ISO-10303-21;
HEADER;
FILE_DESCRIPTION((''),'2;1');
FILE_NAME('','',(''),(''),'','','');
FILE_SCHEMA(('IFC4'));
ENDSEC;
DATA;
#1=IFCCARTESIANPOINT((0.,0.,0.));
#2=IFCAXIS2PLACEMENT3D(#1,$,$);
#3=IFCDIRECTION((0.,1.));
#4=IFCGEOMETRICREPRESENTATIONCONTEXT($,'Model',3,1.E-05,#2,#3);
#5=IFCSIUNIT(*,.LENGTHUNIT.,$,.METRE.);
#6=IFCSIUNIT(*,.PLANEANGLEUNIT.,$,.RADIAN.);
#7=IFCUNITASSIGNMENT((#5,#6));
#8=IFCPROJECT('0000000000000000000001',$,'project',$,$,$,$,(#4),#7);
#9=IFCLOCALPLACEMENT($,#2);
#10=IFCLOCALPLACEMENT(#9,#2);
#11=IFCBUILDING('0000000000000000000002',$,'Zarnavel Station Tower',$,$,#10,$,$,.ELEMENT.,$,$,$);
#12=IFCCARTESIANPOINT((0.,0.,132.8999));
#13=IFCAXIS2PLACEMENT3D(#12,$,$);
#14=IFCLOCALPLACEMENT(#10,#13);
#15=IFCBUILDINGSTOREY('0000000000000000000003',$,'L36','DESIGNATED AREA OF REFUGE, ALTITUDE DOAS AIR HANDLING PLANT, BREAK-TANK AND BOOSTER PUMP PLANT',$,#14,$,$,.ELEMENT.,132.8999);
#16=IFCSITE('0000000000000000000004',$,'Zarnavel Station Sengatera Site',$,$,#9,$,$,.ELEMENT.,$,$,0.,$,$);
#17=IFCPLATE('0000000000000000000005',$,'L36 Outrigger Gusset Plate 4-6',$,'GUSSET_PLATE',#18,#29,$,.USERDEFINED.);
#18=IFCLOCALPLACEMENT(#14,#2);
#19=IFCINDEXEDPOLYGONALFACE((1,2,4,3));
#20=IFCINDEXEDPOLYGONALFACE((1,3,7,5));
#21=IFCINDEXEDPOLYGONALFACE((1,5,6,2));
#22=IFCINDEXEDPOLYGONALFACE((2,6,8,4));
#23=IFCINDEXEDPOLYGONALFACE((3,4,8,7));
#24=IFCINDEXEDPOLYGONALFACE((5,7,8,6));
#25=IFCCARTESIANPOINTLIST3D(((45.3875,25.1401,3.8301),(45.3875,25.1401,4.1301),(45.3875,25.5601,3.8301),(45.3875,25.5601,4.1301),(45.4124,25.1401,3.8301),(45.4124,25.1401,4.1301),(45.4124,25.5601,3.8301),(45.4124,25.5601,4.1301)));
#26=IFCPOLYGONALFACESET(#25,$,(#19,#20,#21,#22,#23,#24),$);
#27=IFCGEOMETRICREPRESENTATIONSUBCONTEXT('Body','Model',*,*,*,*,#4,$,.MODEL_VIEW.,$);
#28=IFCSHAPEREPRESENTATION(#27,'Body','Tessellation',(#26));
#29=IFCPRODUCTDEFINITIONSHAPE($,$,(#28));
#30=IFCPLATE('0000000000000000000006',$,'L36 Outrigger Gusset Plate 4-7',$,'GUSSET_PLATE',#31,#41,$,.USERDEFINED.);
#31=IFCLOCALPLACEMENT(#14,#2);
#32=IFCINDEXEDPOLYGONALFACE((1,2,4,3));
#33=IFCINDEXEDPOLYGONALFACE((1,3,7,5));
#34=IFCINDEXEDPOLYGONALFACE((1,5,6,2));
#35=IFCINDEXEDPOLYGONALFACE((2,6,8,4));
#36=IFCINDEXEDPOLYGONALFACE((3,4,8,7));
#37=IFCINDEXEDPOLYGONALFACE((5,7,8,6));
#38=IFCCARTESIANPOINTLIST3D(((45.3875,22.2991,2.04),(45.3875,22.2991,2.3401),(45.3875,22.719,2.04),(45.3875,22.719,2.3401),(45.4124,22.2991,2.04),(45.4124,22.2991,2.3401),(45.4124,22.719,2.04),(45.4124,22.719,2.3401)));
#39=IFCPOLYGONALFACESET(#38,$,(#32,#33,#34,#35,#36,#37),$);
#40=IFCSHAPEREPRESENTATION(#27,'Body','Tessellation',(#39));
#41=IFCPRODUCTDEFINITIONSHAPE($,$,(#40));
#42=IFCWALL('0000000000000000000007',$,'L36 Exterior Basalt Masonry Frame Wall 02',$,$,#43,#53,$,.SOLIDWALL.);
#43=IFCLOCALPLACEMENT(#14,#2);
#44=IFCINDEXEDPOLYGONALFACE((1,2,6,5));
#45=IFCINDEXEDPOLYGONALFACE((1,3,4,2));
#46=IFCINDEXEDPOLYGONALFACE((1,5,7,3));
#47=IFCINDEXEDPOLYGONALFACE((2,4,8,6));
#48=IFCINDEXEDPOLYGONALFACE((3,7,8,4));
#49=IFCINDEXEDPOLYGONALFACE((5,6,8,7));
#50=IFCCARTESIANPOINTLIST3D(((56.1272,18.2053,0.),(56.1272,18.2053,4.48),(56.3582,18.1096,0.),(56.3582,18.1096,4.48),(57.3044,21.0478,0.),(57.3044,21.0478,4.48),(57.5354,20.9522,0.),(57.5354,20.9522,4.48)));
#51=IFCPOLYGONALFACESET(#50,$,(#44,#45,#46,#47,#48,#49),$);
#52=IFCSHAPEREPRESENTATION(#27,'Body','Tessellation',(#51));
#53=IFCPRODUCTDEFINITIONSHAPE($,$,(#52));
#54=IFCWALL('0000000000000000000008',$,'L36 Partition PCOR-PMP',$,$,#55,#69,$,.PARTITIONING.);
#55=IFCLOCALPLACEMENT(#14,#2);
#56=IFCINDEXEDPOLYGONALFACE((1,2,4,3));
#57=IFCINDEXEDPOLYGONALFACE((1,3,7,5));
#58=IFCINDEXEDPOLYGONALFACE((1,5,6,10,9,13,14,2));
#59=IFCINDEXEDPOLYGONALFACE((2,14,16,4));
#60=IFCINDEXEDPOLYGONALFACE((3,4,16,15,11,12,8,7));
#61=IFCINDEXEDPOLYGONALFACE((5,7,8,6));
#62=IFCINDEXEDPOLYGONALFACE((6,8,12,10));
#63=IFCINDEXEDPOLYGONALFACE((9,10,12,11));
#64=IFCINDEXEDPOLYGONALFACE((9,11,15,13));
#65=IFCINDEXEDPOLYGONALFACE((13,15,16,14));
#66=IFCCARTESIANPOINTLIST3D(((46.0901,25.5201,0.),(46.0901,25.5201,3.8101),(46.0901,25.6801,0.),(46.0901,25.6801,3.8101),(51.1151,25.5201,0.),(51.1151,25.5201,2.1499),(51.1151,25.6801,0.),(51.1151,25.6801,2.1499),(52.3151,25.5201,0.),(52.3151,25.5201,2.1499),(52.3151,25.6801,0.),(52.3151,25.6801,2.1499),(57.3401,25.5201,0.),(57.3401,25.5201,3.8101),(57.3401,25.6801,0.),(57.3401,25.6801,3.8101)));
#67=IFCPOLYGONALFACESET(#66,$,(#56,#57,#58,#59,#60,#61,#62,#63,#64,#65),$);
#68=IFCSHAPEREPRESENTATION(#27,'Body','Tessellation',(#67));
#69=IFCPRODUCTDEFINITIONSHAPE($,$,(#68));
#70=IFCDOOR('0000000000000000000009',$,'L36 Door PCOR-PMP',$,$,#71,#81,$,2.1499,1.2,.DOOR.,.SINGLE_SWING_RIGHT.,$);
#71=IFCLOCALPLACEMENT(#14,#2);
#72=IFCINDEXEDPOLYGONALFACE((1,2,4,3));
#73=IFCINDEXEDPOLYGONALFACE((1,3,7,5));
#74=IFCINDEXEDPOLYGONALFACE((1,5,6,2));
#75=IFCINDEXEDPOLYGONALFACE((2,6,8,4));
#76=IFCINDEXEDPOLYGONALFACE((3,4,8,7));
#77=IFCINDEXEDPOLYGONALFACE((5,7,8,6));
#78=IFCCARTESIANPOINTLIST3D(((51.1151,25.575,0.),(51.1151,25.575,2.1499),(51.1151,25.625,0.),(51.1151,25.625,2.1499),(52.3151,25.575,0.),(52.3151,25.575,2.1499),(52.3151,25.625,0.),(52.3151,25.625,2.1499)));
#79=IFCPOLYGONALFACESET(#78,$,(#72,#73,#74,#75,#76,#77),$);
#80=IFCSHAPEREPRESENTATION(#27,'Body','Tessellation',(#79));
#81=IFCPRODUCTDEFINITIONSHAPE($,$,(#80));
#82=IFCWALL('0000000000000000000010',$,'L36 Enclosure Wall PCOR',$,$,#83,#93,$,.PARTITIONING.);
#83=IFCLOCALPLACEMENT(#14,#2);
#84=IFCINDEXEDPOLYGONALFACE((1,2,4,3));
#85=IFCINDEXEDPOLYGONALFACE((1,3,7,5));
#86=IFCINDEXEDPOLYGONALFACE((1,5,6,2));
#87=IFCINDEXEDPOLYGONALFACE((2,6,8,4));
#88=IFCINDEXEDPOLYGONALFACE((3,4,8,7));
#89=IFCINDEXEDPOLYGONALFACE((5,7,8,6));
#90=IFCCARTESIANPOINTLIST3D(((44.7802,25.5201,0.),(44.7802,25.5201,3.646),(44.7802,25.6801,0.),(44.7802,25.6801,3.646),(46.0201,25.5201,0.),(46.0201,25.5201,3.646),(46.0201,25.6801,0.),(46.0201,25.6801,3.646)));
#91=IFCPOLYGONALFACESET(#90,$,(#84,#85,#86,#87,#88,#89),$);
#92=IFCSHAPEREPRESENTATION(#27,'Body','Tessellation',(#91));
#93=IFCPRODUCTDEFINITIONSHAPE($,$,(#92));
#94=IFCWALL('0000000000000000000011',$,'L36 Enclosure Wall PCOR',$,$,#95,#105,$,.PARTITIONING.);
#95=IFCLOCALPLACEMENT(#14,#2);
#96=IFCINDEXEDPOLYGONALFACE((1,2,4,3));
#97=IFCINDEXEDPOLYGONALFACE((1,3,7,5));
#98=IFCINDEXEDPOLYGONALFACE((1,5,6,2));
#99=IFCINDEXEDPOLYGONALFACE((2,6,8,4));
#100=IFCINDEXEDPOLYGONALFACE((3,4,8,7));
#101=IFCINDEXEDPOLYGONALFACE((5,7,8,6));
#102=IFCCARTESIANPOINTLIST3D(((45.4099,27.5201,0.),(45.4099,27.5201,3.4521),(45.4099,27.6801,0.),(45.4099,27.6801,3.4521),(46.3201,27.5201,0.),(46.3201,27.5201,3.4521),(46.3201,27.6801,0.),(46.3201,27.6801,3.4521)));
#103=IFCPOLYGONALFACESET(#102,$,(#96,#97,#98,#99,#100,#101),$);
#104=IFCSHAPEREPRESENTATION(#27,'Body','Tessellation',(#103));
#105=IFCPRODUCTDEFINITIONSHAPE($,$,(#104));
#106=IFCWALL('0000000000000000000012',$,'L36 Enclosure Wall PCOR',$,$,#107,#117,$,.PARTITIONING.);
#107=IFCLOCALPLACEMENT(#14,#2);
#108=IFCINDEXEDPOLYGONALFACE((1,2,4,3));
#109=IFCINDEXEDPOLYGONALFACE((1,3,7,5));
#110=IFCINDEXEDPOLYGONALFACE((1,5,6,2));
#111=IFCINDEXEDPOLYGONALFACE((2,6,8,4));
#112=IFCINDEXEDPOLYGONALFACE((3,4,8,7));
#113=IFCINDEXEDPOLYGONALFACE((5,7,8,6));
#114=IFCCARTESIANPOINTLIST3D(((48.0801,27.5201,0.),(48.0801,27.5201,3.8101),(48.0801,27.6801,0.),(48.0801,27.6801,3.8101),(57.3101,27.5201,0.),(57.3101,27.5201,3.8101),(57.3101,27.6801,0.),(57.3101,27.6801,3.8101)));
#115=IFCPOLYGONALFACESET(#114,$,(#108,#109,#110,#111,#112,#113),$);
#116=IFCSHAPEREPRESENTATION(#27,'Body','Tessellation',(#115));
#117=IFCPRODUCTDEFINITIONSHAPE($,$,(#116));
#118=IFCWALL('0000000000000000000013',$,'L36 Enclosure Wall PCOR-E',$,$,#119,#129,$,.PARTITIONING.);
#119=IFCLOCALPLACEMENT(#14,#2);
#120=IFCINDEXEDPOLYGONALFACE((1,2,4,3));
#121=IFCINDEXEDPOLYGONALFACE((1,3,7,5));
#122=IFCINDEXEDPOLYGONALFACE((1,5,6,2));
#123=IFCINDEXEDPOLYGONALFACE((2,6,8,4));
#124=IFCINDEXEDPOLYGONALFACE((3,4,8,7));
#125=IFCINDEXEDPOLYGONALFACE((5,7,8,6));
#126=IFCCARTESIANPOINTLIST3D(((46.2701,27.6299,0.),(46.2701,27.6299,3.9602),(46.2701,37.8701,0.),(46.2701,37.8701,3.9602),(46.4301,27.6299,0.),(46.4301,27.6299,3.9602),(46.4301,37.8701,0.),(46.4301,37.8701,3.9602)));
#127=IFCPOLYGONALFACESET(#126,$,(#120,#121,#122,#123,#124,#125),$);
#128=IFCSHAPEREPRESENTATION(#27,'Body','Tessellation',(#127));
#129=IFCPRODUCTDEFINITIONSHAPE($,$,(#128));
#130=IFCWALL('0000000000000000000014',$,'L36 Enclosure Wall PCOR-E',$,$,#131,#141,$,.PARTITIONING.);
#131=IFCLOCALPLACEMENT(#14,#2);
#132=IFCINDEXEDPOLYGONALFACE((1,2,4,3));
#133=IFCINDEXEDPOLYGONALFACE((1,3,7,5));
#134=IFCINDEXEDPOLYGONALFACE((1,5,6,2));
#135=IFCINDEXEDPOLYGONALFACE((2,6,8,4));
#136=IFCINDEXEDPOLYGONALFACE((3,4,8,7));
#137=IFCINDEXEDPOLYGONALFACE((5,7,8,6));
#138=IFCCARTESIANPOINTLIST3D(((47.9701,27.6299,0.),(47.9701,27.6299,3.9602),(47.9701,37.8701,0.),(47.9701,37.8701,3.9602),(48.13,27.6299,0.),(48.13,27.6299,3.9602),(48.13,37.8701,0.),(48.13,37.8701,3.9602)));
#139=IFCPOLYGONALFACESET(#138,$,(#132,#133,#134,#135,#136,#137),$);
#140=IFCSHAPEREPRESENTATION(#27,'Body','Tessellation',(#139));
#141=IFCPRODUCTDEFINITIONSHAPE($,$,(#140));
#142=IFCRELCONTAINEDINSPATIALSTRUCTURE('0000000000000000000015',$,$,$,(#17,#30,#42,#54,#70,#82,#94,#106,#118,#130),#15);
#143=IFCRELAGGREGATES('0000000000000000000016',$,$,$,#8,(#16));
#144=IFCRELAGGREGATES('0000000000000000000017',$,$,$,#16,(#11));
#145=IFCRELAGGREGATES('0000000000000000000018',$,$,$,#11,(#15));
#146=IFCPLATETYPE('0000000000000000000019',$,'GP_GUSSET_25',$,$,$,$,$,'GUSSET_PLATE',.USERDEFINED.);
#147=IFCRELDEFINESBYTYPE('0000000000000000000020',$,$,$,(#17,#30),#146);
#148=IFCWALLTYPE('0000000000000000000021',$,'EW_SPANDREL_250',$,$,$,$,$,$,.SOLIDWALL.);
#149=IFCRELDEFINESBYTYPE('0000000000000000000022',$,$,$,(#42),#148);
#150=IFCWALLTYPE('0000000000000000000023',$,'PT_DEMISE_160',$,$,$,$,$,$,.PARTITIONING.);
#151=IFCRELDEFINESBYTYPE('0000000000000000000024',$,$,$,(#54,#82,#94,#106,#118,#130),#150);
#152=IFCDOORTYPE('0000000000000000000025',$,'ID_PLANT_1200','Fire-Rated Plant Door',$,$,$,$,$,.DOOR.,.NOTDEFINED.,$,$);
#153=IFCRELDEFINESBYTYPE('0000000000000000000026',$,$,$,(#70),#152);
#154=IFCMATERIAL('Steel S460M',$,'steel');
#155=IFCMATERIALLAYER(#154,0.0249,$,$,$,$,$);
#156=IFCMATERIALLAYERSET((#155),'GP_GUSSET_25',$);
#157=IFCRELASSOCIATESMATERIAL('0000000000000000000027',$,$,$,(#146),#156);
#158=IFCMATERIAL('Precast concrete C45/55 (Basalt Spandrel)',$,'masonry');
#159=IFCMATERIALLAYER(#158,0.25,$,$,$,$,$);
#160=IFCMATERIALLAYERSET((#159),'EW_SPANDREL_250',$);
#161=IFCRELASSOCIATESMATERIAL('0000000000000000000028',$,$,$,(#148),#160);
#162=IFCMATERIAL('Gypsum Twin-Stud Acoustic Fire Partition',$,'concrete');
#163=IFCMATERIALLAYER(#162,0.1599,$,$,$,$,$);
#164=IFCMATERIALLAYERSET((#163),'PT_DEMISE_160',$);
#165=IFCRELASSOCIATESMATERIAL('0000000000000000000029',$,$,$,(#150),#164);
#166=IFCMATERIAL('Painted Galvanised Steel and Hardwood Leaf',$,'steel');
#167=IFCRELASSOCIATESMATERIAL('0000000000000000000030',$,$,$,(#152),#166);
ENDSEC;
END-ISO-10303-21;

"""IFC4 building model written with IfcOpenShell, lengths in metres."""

from ifc_helpers import new_model, si_unit, direction, frame, frame_2d, origin, origin_2d, place, context, subcontext, project, spatial, rectangle, extrude, material, layer, layer_set, type_object, element, fill, save


model = new_model("IFC4")

# Units and contexts
model_context = context("Model", 3, precision=1e-05, world=origin(), true_north=direction((0.0, 1.0)))
body_context = subcontext(model_context, "Body", "Model", "MODEL_VIEW")
ifc_project = project(units=[si_unit("LENGTHUNIT", "METRE"), si_unit("PLANEANGLEUNIT", "RADIAN")], contexts=[model_context])

# Site, building, storey
site_placement = place(None, origin())
site = spatial("IfcSite", under=ifc_project, at=site_placement, Name="Zarnavel Station Sengatera Site", CompositionType="ELEMENT", RefElevation=0.0)
building_placement = place(site_placement, origin())
building = spatial("IfcBuilding", under=site, at=building_placement, Name="Zarnavel Station Tower", CompositionType="ELEMENT")
storey_placement = place(building_placement, frame((0.0, 0.0, 132.8999)))
storey = spatial("IfcBuildingStorey", under=building, at=storey_placement, Name="L36", Description="DESIGNATED AREA OF REFUGE, ALTITUDE DOAS AIR HANDLING PLANT, BREAK-TANK AND BOOSTER PUMP PLANT", CompositionType="ELEMENT", Elevation=132.8999)

# Plates
ifc_material_1 = material(Name="Steel S460M", Category="steel")
ifc_layer_1 = layer(ifc_material_1, 0.0249)
ifc_layer_set_1 = layer_set([ifc_layer_1], Name="GP_GUSSET_25")
plate_type = type_object("IfcPlateType", Name="GP_GUSSET_25", ElementType="GUSSET_PLATE", PredefinedType="USERDEFINED", material=ifc_layer_set_1)
for number, where, z_axis, x_axis, name in (
    (1, (45.3999, 25.3501, 3.8301), (0.0, 0.0, 1.0), (1.0, 0.0, 0.0), "L36 Outrigger Gusset Plate 4-6"),
    (2, (45.3999, 22.509, 2.04), (0.0, 0.0, 1.0), (1.0, 0.0, 0.0), "L36 Outrigger Gusset Plate 4-7"),
):
    element("IfcPlate", number, at=place(storey_placement, frame(where, z_axis=z_axis, x_axis=x_axis)), inside=storey, type_object=plate_type, Name=name, ObjectType="GUSSET_PLATE", PredefinedType="USERDEFINED", context=body_context, shape_type="SweptSolid", body=[
        extrude(rectangle(XDim=0.0249, YDim=0.4199, at=origin_2d()), origin(), (0.0, 0.0, 1.0), 0.3),
    ])

# Wall
ifc_material_2 = material(Name="Precast concrete C45/55 (Basalt Spandrel)", Category="masonry")
ifc_layer_2 = layer(ifc_material_2, 0.25)
ifc_layer_set_2 = layer_set([ifc_layer_2], Name="EW_SPANDREL_250")
wall_type_1 = type_object("IfcWallType", Name="EW_SPANDREL_250", PredefinedType="SOLIDWALL", material=ifc_layer_set_2)
wall_1_placement = place(storey_placement, frame((57.4199, 21.0, 0.0), z_axis=(0.0, 0.0, 1.0), x_axis=(-0.382637, -0.923899, 0.0)))
element("IfcWall", 3, at=wall_1_placement, inside=storey, type_object=wall_type_1, Name="L36 Exterior Basalt Masonry Frame Wall 02", PredefinedType="SOLIDWALL", context=body_context, shape_type="SweptSolid", body=[
    extrude(rectangle(XDim=3.0767, YDim=0.25, at=frame_2d((1.5383, 0.0))), origin(), (0.0, 0.0, 1.0), 4.48),
])

# Wall, opening, door
ifc_material_3 = material(Name="Gypsum Twin-Stud Acoustic Fire Partition", Category="concrete")
ifc_layer_3 = layer(ifc_material_3, 0.1599)
ifc_layer_set_3 = layer_set([ifc_layer_3], Name="PT_DEMISE_160")
wall_type_2 = type_object("IfcWallType", Name="PT_DEMISE_160", PredefinedType="PARTITIONING", material=ifc_layer_set_3)
wall_2_placement = place(storey_placement, frame((46.0901, 25.6001, 0.0), z_axis=(0.0, 0.0, 1.0), x_axis=(1.0, 0.0, 0.0)))
wall_2 = element("IfcWall", 4, at=wall_2_placement, inside=storey, type_object=wall_type_2, Name="L36 Partition PCOR-PMP", PredefinedType="PARTITIONING", context=body_context, shape_type="SweptSolid", body=[
    extrude(rectangle(XDim=11.25, YDim=0.1599, at=frame_2d((5.625, 0.0))), origin(), (0.0, 0.0, 1.0), 3.8101),
])
opening_1_placement = place(wall_2_placement, frame((5.0249, 0.0, 0.0)))
opening_1 = element("IfcOpeningElement", 5, at=opening_1_placement, cuts=wall_2, PredefinedType="OPENING", context=body_context, shape_type="SweptSolid", body=[
    extrude(rectangle(XDim=1.2, YDim=2.1499, at=frame_2d((0.6001, 1.075))), frame((0.0, 0.0898, 0.0), z_axis=(0.0, -1.0, 0.0), x_axis=(1.0, 0.0, 0.0)), (0.0, 0.0, 1.0), 0.1799),
])
ifc_material_4 = material(Name="Painted Galvanised Steel and Hardwood Leaf", Category="steel")
door_type_1 = type_object("IfcDoorType", Name="ID_PLANT_1200", Description="Fire-Rated Plant Door", OperationType="NOTDEFINED", PredefinedType="DOOR", material=ifc_material_4)
door_1_placement = place(opening_1_placement, origin())
door_1 = element("IfcDoor", 6, at=door_1_placement, inside=storey, type_object=door_type_1, Name="L36 Door PCOR-PMP", OperationType="SINGLE_SWING_RIGHT", OverallHeight=2.1499, OverallWidth=1.2, PredefinedType="DOOR", context=body_context, shape_type="SweptSolid", body=[
    extrude(rectangle(XDim=1.2, YDim=2.1499, at=frame_2d((0.6001, 1.075))), frame((0.0, 0.0249, 0.0), z_axis=(0.0, -1.0, 0.0), x_axis=(1.0, 0.0, 0.0)), (0.0, 0.0, 1.0), 0.05),
])
fill(opening_1, door_1)

# Walls
wall_3_placement = place(storey_placement, frame((44.78, 25.6001, 0.0), z_axis=(0.0, 0.0, 1.0), x_axis=(1.0, 0.0, 0.0)))
element("IfcWall", 7, at=wall_3_placement, inside=storey, type_object=wall_type_2, Name="L36 Enclosure Wall PCOR", PredefinedType="PARTITIONING", context=body_context, shape_type="SweptSolid", body=[
    extrude(rectangle(XDim=1.24, YDim=0.1599, at=frame_2d((0.6201, 0.0))), origin(), (0.0, 0.0, 1.0), 3.646),
])
wall_4_placement = place(storey_placement, frame((45.4099, 27.6001, 0.0), z_axis=(0.0, 0.0, 1.0), x_axis=(1.0, 0.0, 0.0)))
element("IfcWall", 8, at=wall_4_placement, inside=storey, type_object=wall_type_2, Name="L36 Enclosure Wall PCOR", PredefinedType="PARTITIONING", context=body_context, shape_type="SweptSolid", body=[
    extrude(rectangle(XDim=0.9102, YDim=0.1599, at=frame_2d((0.4551, 0.0))), origin(), (0.0, 0.0, 1.0), 3.4521),
])
wall_5_placement = place(storey_placement, frame((48.0801, 27.6001, 0.0), z_axis=(0.0, 0.0, 1.0), x_axis=(1.0, 0.0, 0.0)))
element("IfcWall", 9, at=wall_5_placement, inside=storey, type_object=wall_type_2, Name="L36 Enclosure Wall PCOR", PredefinedType="PARTITIONING", context=body_context, shape_type="SweptSolid", body=[
    extrude(rectangle(XDim=9.23, YDim=0.1599, at=frame_2d((4.615, 0.0))), origin(), (0.0, 0.0, 1.0), 3.8101),
])
for number, where, z_axis, x_axis, name in (
    (10, (46.3501, 27.6299, 0.0), (0.0, 0.0, 1.0), (0.0, 1.0, 0.0), "L36 Enclosure Wall PCOR-E"),
    (11, (48.05, 27.6299, 0.0), (0.0, 0.0, 1.0), (0.0, 1.0, 0.0), "L36 Enclosure Wall PCOR-E"),
):
    element("IfcWall", number, at=place(storey_placement, frame(where, z_axis=z_axis, x_axis=x_axis)), inside=storey, type_object=wall_type_2, Name=name, PredefinedType="PARTITIONING", context=body_context, shape_type="SweptSolid", body=[
        extrude(rectangle(XDim=10.2402, YDim=0.1599, at=frame_2d((5.1201, 0.0))), origin(), (0.0, 0.0, 1.0), 3.9602),
    ])

save(model, "model.ifc")
